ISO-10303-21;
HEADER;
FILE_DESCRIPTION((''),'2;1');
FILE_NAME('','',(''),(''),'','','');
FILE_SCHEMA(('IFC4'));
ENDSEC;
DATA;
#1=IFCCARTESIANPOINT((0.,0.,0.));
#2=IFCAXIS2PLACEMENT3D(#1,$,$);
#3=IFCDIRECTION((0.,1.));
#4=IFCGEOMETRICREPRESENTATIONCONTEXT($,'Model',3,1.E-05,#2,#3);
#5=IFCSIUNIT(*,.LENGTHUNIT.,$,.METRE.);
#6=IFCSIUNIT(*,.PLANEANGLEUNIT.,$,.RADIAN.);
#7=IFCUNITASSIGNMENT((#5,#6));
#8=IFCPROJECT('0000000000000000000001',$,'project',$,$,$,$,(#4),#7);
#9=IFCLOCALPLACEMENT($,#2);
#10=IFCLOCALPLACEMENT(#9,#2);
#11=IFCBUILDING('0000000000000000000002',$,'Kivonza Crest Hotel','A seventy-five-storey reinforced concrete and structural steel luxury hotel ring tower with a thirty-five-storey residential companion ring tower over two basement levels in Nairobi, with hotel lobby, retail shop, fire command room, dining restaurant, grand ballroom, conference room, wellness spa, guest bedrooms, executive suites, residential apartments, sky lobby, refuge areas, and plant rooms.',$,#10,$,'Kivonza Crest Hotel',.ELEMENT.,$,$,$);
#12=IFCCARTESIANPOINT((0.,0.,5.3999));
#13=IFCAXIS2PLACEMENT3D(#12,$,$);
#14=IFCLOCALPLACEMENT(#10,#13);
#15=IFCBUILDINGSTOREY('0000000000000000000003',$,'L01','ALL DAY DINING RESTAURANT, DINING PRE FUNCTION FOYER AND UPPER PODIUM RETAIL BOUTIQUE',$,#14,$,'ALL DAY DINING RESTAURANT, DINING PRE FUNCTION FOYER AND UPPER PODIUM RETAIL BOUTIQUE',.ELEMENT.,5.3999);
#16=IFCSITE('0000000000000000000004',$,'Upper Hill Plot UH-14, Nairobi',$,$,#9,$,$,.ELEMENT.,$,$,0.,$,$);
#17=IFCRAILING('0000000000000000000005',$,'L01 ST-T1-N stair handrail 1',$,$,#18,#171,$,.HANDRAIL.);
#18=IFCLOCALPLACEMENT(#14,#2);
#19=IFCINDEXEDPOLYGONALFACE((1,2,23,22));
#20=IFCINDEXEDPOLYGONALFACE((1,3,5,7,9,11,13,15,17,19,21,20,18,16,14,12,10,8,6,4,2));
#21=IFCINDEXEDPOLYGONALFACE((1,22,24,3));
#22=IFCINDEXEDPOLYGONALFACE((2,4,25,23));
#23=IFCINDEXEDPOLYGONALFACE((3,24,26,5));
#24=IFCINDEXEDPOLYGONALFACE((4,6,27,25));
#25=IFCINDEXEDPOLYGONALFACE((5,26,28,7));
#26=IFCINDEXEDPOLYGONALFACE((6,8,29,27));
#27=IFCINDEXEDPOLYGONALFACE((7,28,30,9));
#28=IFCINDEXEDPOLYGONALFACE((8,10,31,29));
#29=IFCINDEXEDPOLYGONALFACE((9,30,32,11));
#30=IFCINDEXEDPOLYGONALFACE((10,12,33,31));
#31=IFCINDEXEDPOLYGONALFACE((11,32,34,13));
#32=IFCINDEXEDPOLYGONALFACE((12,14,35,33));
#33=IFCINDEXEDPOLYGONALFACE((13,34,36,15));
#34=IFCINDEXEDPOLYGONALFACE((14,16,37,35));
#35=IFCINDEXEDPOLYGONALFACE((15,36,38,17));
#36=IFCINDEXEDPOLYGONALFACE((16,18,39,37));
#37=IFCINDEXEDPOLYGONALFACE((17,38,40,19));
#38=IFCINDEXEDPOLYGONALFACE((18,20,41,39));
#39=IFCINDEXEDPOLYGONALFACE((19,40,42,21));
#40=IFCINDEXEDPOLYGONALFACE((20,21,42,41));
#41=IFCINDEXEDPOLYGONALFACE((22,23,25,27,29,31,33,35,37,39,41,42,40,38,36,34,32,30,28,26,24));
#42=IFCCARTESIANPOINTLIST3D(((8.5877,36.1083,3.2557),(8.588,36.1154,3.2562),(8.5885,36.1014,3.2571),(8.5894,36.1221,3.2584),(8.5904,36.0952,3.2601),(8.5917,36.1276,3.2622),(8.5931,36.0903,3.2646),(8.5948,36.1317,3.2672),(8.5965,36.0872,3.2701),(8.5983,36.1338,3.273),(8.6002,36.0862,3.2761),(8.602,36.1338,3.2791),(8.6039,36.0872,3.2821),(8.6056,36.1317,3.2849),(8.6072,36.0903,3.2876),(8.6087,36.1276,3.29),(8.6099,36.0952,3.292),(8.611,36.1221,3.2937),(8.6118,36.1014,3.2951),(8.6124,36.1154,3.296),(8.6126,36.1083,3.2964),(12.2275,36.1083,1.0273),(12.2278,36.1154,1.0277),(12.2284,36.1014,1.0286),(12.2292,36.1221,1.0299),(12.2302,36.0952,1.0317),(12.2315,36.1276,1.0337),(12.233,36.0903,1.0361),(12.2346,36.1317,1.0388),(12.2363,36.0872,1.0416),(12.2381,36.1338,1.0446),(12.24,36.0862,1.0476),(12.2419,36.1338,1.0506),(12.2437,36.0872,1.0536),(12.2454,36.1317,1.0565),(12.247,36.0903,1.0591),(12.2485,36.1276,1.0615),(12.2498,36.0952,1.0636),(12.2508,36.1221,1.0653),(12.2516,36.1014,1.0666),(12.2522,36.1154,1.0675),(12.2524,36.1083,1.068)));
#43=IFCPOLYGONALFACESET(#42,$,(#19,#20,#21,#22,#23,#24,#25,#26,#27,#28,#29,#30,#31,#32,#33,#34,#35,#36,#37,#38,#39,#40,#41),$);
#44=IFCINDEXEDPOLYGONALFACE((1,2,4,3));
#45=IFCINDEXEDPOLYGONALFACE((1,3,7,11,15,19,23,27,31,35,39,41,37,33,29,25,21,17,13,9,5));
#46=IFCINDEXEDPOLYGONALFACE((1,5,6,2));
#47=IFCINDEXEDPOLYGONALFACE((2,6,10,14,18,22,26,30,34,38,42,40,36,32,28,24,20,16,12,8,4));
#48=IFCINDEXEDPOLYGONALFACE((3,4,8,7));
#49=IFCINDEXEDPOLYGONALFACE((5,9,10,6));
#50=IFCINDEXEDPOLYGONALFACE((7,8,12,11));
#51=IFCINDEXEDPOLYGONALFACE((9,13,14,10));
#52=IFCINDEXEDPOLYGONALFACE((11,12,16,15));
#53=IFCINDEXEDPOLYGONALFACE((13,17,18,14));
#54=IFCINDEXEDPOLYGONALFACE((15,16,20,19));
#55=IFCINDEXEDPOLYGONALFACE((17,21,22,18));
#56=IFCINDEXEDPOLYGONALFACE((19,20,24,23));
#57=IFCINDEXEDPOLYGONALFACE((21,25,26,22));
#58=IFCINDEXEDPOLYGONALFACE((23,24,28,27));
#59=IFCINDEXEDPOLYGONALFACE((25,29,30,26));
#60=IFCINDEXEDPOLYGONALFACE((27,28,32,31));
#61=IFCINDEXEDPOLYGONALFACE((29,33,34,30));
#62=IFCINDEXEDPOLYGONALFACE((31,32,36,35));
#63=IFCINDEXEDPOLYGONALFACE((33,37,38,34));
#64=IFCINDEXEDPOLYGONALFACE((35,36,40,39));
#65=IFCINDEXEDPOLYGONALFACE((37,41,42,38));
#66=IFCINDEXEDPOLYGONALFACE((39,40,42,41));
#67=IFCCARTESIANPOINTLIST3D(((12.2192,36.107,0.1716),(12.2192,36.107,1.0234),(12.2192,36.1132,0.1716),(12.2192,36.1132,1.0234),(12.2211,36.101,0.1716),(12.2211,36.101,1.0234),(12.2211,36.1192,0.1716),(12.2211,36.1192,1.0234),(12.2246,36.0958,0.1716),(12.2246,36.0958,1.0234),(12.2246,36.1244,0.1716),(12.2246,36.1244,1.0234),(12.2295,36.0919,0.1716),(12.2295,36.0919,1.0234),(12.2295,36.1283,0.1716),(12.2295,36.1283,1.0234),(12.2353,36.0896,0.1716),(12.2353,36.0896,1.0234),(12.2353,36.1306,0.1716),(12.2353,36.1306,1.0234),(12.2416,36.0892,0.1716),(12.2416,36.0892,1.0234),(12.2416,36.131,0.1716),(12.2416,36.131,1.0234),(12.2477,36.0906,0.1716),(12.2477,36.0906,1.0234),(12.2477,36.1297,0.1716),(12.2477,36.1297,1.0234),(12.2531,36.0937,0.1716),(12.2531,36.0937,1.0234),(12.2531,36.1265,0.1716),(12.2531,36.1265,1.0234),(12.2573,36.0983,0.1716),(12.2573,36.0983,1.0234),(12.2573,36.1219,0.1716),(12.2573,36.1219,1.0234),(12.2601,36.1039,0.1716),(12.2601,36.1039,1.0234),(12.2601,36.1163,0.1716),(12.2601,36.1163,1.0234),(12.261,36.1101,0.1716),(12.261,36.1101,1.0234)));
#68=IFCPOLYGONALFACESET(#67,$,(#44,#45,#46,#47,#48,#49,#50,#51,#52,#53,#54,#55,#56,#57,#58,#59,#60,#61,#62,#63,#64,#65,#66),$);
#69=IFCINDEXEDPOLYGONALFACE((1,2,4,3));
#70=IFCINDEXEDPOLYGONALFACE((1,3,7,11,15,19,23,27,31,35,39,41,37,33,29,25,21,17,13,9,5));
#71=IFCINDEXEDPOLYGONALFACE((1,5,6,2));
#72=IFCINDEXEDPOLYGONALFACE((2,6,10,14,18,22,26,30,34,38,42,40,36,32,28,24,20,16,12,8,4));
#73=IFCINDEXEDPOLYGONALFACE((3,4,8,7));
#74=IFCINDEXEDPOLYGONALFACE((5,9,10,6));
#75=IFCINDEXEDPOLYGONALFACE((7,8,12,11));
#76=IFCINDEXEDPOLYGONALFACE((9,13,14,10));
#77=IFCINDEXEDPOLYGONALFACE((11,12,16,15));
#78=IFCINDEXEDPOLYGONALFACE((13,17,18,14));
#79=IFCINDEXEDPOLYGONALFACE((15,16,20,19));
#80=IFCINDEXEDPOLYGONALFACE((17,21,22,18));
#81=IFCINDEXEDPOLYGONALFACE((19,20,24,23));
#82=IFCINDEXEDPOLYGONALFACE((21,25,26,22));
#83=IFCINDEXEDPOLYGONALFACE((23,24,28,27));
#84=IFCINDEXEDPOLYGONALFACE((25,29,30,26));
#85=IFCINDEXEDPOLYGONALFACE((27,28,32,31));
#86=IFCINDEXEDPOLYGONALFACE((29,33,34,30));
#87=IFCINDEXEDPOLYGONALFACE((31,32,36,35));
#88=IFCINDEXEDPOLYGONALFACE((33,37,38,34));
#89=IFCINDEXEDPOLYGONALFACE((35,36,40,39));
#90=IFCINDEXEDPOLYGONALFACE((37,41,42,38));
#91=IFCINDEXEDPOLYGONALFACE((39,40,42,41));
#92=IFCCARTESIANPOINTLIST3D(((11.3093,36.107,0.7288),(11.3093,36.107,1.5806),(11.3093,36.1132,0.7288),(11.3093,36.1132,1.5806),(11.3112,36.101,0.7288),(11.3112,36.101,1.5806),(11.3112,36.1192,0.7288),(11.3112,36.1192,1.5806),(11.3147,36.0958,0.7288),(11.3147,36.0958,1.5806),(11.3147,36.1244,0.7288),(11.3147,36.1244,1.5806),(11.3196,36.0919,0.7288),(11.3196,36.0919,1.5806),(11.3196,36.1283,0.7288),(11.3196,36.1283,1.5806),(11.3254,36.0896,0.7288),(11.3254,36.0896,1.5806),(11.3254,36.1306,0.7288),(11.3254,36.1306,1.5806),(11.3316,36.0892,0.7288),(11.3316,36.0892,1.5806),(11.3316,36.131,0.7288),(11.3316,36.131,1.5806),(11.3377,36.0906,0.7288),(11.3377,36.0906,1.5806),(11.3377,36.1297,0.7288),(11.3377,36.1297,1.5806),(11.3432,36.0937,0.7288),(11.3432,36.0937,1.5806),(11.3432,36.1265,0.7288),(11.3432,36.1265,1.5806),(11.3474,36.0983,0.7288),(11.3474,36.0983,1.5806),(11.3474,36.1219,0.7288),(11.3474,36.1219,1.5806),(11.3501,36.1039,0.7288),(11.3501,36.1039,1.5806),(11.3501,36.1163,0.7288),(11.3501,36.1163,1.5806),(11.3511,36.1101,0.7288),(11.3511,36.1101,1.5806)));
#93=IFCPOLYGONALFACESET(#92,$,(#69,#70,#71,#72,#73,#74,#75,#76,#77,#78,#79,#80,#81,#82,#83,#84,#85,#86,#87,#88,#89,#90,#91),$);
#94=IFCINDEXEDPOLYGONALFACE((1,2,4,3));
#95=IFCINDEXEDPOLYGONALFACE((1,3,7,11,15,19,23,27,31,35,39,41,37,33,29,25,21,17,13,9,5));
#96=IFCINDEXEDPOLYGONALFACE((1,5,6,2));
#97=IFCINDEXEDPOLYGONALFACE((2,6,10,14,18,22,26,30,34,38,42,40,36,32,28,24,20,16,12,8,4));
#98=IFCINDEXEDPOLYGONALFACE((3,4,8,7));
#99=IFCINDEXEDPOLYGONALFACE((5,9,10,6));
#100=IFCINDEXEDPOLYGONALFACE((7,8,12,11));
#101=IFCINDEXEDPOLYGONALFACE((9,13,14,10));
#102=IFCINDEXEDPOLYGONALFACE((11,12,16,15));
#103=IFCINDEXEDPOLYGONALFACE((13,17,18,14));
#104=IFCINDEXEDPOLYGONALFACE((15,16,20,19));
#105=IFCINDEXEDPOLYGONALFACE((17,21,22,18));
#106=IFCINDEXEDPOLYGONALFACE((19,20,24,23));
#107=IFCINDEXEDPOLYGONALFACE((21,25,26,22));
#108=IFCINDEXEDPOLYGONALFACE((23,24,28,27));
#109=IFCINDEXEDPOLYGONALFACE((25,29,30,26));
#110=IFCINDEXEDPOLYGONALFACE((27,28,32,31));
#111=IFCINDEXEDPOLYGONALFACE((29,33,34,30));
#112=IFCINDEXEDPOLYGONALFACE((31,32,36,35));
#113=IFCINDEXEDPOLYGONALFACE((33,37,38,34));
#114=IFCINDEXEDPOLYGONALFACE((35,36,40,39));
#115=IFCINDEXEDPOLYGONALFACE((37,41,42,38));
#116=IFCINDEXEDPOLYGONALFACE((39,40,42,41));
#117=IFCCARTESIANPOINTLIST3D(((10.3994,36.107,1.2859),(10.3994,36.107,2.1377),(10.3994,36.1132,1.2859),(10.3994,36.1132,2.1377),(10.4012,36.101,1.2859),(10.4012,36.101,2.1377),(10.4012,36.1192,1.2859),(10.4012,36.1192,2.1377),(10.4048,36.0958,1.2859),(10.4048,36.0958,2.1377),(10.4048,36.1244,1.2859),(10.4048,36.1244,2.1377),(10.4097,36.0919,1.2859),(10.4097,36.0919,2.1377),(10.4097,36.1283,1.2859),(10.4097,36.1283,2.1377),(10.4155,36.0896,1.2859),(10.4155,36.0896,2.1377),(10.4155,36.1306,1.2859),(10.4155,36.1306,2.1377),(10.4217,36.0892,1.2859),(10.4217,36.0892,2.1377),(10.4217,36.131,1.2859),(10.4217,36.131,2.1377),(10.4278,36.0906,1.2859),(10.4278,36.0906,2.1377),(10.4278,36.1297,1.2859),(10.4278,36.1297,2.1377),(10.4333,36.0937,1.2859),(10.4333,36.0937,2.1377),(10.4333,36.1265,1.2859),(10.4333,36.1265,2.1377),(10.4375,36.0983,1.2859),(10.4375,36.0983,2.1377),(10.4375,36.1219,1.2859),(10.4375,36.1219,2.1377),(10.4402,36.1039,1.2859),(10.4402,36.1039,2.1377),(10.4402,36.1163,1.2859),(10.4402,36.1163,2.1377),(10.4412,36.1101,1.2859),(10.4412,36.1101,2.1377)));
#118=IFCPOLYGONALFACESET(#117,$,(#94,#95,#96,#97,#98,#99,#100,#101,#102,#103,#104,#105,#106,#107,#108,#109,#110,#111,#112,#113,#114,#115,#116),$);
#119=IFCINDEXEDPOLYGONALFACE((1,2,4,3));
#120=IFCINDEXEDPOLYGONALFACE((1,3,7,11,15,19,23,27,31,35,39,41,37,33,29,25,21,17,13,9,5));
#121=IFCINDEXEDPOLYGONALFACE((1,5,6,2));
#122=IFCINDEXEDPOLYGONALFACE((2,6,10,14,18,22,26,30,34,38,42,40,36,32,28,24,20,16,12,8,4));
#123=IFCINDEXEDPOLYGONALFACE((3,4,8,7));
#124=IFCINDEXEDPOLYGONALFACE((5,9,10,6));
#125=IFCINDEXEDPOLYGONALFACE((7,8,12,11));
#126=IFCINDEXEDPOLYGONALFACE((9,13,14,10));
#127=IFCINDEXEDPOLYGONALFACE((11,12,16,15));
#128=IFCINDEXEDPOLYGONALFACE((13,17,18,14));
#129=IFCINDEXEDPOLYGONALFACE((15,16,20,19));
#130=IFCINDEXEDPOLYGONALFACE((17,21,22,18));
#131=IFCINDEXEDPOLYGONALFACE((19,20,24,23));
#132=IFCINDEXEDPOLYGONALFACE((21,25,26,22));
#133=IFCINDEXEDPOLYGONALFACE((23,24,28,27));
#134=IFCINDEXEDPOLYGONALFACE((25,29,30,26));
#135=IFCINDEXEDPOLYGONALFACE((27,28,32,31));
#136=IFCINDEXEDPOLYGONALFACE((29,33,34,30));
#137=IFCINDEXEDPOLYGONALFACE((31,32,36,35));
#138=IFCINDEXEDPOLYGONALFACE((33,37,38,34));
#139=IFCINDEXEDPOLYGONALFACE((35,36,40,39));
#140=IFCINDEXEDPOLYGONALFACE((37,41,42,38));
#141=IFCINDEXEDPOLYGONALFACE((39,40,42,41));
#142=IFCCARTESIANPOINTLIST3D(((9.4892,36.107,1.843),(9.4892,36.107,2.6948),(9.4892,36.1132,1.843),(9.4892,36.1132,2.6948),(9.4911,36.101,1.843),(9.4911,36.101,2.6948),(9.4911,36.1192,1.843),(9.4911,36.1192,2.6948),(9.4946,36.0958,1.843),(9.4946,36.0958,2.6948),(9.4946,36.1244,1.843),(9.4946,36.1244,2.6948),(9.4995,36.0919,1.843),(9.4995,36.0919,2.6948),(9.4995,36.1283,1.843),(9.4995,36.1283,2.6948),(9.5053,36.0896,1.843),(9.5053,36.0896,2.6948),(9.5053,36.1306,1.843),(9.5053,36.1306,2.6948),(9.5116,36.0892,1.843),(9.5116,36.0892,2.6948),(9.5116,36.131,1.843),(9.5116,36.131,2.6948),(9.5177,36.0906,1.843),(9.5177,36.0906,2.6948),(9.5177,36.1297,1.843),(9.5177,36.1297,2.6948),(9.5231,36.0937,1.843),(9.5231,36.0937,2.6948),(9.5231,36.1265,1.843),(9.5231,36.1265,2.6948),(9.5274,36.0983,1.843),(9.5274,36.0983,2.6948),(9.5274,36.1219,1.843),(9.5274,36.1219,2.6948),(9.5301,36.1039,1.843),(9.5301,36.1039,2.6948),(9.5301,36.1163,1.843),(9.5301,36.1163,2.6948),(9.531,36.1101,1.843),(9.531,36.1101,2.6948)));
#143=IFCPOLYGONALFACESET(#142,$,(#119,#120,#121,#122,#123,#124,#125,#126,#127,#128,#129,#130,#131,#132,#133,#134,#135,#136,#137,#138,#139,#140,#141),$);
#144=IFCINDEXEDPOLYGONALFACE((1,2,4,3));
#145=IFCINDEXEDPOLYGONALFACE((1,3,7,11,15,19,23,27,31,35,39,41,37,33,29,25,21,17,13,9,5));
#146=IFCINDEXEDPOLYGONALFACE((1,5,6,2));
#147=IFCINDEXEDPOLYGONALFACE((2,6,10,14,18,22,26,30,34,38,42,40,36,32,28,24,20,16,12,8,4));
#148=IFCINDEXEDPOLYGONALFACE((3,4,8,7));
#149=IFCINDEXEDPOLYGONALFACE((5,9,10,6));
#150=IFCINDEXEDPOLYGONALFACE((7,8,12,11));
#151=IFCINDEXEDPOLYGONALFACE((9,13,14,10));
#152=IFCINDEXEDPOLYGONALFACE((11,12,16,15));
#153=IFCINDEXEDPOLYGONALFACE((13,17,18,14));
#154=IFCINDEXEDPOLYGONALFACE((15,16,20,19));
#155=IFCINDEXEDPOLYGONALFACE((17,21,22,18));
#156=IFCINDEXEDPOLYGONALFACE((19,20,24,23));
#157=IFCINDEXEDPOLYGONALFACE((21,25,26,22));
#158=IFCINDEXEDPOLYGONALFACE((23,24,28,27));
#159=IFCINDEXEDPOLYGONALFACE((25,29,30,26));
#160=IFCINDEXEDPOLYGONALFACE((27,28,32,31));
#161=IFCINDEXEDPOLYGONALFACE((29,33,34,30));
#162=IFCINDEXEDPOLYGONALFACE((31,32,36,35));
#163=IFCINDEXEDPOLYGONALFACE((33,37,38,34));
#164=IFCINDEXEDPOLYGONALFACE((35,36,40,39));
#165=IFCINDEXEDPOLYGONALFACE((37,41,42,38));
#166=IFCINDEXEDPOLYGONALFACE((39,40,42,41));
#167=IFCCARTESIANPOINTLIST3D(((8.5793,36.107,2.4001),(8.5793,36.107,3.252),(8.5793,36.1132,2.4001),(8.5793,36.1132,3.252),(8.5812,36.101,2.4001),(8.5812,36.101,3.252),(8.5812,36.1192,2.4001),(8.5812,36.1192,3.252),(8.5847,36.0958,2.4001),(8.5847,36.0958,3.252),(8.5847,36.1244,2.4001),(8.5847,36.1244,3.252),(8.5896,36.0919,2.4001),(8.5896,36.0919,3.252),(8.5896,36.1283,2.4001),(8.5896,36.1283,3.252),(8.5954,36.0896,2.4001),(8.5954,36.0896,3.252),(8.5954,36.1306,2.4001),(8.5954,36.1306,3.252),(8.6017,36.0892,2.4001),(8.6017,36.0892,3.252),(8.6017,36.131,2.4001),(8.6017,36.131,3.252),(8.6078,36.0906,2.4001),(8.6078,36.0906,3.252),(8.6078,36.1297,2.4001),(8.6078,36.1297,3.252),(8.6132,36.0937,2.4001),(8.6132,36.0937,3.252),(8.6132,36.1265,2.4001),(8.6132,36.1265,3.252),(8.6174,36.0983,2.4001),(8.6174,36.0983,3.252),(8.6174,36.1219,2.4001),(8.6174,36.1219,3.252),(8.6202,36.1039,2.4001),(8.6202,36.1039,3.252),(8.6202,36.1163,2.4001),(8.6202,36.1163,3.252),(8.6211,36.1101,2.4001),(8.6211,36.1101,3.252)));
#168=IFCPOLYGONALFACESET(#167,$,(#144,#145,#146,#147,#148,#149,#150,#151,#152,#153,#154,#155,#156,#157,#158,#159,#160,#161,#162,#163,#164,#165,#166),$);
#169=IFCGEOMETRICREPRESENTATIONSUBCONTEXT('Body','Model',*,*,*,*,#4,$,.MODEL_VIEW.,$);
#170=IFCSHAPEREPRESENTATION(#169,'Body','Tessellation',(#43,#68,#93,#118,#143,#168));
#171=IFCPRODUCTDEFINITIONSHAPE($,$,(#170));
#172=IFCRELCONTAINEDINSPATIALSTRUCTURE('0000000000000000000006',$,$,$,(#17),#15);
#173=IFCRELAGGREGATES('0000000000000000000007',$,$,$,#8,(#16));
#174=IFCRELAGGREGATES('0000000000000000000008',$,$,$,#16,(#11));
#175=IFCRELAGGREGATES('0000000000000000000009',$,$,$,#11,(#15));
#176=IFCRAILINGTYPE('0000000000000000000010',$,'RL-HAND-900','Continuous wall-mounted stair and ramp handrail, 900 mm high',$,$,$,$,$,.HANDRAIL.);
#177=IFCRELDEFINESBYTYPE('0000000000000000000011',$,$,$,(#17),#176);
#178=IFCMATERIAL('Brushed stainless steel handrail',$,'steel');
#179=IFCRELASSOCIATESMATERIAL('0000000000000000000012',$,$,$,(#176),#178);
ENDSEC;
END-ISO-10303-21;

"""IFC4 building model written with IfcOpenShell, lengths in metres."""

from ifc_helpers import new_model, si_unit, direction, frame, origin, origin_2d, place, context, subcontext, project, spatial, circle, extrude, material, type_object, element, save


model = new_model("IFC4")

# Units and contexts
model_context = context("Model", 3, precision=1e-05, world=origin(), true_north=direction((0.0, 1.0)))
body_context = subcontext(model_context, "Body", "Model", "MODEL_VIEW")
ifc_project = project(units=[si_unit("LENGTHUNIT", "METRE"), si_unit("PLANEANGLEUNIT", "RADIAN")], contexts=[model_context])

# Site, building, storey
site_placement = place(None, origin())
site = spatial("IfcSite", under=ifc_project, at=site_placement, Name="Upper Hill Plot UH-14, Nairobi", CompositionType="ELEMENT", RefElevation=0.0)
building_placement = place(site_placement, origin())
building = spatial("IfcBuilding", under=site, at=building_placement, Name="Kivonza Crest Hotel", Description="A seventy-five-storey reinforced concrete and structural steel luxury hotel ring tower with a thirty-five-storey residential companion ring tower over two basement levels in Nairobi, with hotel lobby, retail shop, fire command room, dining restaurant, grand ballroom, conference room, wellness spa, guest bedrooms, executive suites, residential apartments, sky lobby, refuge areas, and plant rooms.", LongName="Kivonza Crest Hotel", CompositionType="ELEMENT")
storey_placement = place(building_placement, frame((0.0, 0.0, 5.3999)))
storey = spatial("IfcBuildingStorey", under=building, at=storey_placement, Name="L01", Description="ALL DAY DINING RESTAURANT, DINING PRE FUNCTION FOYER AND UPPER PODIUM RETAIL BOUTIQUE", LongName="ALL DAY DINING RESTAURANT, DINING PRE FUNCTION FOYER AND UPPER PODIUM RETAIL BOUTIQUE", CompositionType="ELEMENT", Elevation=5.3999)

# Railing
ifc_material_1 = material(Name="Brushed stainless steel handrail", Category="steel")
railing_type_1 = type_object("IfcRailingType", Name="RL-HAND-900", Description="Continuous wall-mounted stair and ramp handrail, 900 mm high", PredefinedType="HANDRAIL", material=ifc_material_1)
railing_1_placement = place(storey_placement, frame((12.24, 36.1101, 0.1716)))
element("IfcRailing", 1, at=railing_1_placement, inside=storey, type_object=railing_type_1, Name="L01 ST-T1-N stair handrail 1", PredefinedType="HANDRAIL", context=body_context, shape_type="SweptSolid", body=[
    extrude(circle(Radius=0.0239, at=origin_2d()), frame((0.0, 0.0, 0.876), z_axis=(-0.85285, 0.0, 0.522156), x_axis=(0.0, -1.0, 0.0)), (0.0, 0.0, 1.0), 4.2678),
    extrude(circle(Radius=0.021, at=origin_2d()), origin(), (0.0, 0.0, 1.0), 0.8518),
    extrude(circle(Radius=0.021, at=origin_2d()), frame((-0.9099, 0.0, 0.5571)), (0.0, 0.0, 1.0), 0.8518),
    extrude(circle(Radius=0.021, at=origin_2d()), frame((-1.8198, 0.0, 1.1143)), (0.0, 0.0, 1.0), 0.8518),
    extrude(circle(Radius=0.021, at=origin_2d()), frame((-2.73, 0.0, 1.6714)), (0.0, 0.0, 1.0), 0.8518),
    extrude(circle(Radius=0.021, at=origin_2d()), frame((-3.6399, 0.0, 2.2285)), (0.0, 0.0, 1.0), 0.8518),
])

save(model, "model.ifc")
